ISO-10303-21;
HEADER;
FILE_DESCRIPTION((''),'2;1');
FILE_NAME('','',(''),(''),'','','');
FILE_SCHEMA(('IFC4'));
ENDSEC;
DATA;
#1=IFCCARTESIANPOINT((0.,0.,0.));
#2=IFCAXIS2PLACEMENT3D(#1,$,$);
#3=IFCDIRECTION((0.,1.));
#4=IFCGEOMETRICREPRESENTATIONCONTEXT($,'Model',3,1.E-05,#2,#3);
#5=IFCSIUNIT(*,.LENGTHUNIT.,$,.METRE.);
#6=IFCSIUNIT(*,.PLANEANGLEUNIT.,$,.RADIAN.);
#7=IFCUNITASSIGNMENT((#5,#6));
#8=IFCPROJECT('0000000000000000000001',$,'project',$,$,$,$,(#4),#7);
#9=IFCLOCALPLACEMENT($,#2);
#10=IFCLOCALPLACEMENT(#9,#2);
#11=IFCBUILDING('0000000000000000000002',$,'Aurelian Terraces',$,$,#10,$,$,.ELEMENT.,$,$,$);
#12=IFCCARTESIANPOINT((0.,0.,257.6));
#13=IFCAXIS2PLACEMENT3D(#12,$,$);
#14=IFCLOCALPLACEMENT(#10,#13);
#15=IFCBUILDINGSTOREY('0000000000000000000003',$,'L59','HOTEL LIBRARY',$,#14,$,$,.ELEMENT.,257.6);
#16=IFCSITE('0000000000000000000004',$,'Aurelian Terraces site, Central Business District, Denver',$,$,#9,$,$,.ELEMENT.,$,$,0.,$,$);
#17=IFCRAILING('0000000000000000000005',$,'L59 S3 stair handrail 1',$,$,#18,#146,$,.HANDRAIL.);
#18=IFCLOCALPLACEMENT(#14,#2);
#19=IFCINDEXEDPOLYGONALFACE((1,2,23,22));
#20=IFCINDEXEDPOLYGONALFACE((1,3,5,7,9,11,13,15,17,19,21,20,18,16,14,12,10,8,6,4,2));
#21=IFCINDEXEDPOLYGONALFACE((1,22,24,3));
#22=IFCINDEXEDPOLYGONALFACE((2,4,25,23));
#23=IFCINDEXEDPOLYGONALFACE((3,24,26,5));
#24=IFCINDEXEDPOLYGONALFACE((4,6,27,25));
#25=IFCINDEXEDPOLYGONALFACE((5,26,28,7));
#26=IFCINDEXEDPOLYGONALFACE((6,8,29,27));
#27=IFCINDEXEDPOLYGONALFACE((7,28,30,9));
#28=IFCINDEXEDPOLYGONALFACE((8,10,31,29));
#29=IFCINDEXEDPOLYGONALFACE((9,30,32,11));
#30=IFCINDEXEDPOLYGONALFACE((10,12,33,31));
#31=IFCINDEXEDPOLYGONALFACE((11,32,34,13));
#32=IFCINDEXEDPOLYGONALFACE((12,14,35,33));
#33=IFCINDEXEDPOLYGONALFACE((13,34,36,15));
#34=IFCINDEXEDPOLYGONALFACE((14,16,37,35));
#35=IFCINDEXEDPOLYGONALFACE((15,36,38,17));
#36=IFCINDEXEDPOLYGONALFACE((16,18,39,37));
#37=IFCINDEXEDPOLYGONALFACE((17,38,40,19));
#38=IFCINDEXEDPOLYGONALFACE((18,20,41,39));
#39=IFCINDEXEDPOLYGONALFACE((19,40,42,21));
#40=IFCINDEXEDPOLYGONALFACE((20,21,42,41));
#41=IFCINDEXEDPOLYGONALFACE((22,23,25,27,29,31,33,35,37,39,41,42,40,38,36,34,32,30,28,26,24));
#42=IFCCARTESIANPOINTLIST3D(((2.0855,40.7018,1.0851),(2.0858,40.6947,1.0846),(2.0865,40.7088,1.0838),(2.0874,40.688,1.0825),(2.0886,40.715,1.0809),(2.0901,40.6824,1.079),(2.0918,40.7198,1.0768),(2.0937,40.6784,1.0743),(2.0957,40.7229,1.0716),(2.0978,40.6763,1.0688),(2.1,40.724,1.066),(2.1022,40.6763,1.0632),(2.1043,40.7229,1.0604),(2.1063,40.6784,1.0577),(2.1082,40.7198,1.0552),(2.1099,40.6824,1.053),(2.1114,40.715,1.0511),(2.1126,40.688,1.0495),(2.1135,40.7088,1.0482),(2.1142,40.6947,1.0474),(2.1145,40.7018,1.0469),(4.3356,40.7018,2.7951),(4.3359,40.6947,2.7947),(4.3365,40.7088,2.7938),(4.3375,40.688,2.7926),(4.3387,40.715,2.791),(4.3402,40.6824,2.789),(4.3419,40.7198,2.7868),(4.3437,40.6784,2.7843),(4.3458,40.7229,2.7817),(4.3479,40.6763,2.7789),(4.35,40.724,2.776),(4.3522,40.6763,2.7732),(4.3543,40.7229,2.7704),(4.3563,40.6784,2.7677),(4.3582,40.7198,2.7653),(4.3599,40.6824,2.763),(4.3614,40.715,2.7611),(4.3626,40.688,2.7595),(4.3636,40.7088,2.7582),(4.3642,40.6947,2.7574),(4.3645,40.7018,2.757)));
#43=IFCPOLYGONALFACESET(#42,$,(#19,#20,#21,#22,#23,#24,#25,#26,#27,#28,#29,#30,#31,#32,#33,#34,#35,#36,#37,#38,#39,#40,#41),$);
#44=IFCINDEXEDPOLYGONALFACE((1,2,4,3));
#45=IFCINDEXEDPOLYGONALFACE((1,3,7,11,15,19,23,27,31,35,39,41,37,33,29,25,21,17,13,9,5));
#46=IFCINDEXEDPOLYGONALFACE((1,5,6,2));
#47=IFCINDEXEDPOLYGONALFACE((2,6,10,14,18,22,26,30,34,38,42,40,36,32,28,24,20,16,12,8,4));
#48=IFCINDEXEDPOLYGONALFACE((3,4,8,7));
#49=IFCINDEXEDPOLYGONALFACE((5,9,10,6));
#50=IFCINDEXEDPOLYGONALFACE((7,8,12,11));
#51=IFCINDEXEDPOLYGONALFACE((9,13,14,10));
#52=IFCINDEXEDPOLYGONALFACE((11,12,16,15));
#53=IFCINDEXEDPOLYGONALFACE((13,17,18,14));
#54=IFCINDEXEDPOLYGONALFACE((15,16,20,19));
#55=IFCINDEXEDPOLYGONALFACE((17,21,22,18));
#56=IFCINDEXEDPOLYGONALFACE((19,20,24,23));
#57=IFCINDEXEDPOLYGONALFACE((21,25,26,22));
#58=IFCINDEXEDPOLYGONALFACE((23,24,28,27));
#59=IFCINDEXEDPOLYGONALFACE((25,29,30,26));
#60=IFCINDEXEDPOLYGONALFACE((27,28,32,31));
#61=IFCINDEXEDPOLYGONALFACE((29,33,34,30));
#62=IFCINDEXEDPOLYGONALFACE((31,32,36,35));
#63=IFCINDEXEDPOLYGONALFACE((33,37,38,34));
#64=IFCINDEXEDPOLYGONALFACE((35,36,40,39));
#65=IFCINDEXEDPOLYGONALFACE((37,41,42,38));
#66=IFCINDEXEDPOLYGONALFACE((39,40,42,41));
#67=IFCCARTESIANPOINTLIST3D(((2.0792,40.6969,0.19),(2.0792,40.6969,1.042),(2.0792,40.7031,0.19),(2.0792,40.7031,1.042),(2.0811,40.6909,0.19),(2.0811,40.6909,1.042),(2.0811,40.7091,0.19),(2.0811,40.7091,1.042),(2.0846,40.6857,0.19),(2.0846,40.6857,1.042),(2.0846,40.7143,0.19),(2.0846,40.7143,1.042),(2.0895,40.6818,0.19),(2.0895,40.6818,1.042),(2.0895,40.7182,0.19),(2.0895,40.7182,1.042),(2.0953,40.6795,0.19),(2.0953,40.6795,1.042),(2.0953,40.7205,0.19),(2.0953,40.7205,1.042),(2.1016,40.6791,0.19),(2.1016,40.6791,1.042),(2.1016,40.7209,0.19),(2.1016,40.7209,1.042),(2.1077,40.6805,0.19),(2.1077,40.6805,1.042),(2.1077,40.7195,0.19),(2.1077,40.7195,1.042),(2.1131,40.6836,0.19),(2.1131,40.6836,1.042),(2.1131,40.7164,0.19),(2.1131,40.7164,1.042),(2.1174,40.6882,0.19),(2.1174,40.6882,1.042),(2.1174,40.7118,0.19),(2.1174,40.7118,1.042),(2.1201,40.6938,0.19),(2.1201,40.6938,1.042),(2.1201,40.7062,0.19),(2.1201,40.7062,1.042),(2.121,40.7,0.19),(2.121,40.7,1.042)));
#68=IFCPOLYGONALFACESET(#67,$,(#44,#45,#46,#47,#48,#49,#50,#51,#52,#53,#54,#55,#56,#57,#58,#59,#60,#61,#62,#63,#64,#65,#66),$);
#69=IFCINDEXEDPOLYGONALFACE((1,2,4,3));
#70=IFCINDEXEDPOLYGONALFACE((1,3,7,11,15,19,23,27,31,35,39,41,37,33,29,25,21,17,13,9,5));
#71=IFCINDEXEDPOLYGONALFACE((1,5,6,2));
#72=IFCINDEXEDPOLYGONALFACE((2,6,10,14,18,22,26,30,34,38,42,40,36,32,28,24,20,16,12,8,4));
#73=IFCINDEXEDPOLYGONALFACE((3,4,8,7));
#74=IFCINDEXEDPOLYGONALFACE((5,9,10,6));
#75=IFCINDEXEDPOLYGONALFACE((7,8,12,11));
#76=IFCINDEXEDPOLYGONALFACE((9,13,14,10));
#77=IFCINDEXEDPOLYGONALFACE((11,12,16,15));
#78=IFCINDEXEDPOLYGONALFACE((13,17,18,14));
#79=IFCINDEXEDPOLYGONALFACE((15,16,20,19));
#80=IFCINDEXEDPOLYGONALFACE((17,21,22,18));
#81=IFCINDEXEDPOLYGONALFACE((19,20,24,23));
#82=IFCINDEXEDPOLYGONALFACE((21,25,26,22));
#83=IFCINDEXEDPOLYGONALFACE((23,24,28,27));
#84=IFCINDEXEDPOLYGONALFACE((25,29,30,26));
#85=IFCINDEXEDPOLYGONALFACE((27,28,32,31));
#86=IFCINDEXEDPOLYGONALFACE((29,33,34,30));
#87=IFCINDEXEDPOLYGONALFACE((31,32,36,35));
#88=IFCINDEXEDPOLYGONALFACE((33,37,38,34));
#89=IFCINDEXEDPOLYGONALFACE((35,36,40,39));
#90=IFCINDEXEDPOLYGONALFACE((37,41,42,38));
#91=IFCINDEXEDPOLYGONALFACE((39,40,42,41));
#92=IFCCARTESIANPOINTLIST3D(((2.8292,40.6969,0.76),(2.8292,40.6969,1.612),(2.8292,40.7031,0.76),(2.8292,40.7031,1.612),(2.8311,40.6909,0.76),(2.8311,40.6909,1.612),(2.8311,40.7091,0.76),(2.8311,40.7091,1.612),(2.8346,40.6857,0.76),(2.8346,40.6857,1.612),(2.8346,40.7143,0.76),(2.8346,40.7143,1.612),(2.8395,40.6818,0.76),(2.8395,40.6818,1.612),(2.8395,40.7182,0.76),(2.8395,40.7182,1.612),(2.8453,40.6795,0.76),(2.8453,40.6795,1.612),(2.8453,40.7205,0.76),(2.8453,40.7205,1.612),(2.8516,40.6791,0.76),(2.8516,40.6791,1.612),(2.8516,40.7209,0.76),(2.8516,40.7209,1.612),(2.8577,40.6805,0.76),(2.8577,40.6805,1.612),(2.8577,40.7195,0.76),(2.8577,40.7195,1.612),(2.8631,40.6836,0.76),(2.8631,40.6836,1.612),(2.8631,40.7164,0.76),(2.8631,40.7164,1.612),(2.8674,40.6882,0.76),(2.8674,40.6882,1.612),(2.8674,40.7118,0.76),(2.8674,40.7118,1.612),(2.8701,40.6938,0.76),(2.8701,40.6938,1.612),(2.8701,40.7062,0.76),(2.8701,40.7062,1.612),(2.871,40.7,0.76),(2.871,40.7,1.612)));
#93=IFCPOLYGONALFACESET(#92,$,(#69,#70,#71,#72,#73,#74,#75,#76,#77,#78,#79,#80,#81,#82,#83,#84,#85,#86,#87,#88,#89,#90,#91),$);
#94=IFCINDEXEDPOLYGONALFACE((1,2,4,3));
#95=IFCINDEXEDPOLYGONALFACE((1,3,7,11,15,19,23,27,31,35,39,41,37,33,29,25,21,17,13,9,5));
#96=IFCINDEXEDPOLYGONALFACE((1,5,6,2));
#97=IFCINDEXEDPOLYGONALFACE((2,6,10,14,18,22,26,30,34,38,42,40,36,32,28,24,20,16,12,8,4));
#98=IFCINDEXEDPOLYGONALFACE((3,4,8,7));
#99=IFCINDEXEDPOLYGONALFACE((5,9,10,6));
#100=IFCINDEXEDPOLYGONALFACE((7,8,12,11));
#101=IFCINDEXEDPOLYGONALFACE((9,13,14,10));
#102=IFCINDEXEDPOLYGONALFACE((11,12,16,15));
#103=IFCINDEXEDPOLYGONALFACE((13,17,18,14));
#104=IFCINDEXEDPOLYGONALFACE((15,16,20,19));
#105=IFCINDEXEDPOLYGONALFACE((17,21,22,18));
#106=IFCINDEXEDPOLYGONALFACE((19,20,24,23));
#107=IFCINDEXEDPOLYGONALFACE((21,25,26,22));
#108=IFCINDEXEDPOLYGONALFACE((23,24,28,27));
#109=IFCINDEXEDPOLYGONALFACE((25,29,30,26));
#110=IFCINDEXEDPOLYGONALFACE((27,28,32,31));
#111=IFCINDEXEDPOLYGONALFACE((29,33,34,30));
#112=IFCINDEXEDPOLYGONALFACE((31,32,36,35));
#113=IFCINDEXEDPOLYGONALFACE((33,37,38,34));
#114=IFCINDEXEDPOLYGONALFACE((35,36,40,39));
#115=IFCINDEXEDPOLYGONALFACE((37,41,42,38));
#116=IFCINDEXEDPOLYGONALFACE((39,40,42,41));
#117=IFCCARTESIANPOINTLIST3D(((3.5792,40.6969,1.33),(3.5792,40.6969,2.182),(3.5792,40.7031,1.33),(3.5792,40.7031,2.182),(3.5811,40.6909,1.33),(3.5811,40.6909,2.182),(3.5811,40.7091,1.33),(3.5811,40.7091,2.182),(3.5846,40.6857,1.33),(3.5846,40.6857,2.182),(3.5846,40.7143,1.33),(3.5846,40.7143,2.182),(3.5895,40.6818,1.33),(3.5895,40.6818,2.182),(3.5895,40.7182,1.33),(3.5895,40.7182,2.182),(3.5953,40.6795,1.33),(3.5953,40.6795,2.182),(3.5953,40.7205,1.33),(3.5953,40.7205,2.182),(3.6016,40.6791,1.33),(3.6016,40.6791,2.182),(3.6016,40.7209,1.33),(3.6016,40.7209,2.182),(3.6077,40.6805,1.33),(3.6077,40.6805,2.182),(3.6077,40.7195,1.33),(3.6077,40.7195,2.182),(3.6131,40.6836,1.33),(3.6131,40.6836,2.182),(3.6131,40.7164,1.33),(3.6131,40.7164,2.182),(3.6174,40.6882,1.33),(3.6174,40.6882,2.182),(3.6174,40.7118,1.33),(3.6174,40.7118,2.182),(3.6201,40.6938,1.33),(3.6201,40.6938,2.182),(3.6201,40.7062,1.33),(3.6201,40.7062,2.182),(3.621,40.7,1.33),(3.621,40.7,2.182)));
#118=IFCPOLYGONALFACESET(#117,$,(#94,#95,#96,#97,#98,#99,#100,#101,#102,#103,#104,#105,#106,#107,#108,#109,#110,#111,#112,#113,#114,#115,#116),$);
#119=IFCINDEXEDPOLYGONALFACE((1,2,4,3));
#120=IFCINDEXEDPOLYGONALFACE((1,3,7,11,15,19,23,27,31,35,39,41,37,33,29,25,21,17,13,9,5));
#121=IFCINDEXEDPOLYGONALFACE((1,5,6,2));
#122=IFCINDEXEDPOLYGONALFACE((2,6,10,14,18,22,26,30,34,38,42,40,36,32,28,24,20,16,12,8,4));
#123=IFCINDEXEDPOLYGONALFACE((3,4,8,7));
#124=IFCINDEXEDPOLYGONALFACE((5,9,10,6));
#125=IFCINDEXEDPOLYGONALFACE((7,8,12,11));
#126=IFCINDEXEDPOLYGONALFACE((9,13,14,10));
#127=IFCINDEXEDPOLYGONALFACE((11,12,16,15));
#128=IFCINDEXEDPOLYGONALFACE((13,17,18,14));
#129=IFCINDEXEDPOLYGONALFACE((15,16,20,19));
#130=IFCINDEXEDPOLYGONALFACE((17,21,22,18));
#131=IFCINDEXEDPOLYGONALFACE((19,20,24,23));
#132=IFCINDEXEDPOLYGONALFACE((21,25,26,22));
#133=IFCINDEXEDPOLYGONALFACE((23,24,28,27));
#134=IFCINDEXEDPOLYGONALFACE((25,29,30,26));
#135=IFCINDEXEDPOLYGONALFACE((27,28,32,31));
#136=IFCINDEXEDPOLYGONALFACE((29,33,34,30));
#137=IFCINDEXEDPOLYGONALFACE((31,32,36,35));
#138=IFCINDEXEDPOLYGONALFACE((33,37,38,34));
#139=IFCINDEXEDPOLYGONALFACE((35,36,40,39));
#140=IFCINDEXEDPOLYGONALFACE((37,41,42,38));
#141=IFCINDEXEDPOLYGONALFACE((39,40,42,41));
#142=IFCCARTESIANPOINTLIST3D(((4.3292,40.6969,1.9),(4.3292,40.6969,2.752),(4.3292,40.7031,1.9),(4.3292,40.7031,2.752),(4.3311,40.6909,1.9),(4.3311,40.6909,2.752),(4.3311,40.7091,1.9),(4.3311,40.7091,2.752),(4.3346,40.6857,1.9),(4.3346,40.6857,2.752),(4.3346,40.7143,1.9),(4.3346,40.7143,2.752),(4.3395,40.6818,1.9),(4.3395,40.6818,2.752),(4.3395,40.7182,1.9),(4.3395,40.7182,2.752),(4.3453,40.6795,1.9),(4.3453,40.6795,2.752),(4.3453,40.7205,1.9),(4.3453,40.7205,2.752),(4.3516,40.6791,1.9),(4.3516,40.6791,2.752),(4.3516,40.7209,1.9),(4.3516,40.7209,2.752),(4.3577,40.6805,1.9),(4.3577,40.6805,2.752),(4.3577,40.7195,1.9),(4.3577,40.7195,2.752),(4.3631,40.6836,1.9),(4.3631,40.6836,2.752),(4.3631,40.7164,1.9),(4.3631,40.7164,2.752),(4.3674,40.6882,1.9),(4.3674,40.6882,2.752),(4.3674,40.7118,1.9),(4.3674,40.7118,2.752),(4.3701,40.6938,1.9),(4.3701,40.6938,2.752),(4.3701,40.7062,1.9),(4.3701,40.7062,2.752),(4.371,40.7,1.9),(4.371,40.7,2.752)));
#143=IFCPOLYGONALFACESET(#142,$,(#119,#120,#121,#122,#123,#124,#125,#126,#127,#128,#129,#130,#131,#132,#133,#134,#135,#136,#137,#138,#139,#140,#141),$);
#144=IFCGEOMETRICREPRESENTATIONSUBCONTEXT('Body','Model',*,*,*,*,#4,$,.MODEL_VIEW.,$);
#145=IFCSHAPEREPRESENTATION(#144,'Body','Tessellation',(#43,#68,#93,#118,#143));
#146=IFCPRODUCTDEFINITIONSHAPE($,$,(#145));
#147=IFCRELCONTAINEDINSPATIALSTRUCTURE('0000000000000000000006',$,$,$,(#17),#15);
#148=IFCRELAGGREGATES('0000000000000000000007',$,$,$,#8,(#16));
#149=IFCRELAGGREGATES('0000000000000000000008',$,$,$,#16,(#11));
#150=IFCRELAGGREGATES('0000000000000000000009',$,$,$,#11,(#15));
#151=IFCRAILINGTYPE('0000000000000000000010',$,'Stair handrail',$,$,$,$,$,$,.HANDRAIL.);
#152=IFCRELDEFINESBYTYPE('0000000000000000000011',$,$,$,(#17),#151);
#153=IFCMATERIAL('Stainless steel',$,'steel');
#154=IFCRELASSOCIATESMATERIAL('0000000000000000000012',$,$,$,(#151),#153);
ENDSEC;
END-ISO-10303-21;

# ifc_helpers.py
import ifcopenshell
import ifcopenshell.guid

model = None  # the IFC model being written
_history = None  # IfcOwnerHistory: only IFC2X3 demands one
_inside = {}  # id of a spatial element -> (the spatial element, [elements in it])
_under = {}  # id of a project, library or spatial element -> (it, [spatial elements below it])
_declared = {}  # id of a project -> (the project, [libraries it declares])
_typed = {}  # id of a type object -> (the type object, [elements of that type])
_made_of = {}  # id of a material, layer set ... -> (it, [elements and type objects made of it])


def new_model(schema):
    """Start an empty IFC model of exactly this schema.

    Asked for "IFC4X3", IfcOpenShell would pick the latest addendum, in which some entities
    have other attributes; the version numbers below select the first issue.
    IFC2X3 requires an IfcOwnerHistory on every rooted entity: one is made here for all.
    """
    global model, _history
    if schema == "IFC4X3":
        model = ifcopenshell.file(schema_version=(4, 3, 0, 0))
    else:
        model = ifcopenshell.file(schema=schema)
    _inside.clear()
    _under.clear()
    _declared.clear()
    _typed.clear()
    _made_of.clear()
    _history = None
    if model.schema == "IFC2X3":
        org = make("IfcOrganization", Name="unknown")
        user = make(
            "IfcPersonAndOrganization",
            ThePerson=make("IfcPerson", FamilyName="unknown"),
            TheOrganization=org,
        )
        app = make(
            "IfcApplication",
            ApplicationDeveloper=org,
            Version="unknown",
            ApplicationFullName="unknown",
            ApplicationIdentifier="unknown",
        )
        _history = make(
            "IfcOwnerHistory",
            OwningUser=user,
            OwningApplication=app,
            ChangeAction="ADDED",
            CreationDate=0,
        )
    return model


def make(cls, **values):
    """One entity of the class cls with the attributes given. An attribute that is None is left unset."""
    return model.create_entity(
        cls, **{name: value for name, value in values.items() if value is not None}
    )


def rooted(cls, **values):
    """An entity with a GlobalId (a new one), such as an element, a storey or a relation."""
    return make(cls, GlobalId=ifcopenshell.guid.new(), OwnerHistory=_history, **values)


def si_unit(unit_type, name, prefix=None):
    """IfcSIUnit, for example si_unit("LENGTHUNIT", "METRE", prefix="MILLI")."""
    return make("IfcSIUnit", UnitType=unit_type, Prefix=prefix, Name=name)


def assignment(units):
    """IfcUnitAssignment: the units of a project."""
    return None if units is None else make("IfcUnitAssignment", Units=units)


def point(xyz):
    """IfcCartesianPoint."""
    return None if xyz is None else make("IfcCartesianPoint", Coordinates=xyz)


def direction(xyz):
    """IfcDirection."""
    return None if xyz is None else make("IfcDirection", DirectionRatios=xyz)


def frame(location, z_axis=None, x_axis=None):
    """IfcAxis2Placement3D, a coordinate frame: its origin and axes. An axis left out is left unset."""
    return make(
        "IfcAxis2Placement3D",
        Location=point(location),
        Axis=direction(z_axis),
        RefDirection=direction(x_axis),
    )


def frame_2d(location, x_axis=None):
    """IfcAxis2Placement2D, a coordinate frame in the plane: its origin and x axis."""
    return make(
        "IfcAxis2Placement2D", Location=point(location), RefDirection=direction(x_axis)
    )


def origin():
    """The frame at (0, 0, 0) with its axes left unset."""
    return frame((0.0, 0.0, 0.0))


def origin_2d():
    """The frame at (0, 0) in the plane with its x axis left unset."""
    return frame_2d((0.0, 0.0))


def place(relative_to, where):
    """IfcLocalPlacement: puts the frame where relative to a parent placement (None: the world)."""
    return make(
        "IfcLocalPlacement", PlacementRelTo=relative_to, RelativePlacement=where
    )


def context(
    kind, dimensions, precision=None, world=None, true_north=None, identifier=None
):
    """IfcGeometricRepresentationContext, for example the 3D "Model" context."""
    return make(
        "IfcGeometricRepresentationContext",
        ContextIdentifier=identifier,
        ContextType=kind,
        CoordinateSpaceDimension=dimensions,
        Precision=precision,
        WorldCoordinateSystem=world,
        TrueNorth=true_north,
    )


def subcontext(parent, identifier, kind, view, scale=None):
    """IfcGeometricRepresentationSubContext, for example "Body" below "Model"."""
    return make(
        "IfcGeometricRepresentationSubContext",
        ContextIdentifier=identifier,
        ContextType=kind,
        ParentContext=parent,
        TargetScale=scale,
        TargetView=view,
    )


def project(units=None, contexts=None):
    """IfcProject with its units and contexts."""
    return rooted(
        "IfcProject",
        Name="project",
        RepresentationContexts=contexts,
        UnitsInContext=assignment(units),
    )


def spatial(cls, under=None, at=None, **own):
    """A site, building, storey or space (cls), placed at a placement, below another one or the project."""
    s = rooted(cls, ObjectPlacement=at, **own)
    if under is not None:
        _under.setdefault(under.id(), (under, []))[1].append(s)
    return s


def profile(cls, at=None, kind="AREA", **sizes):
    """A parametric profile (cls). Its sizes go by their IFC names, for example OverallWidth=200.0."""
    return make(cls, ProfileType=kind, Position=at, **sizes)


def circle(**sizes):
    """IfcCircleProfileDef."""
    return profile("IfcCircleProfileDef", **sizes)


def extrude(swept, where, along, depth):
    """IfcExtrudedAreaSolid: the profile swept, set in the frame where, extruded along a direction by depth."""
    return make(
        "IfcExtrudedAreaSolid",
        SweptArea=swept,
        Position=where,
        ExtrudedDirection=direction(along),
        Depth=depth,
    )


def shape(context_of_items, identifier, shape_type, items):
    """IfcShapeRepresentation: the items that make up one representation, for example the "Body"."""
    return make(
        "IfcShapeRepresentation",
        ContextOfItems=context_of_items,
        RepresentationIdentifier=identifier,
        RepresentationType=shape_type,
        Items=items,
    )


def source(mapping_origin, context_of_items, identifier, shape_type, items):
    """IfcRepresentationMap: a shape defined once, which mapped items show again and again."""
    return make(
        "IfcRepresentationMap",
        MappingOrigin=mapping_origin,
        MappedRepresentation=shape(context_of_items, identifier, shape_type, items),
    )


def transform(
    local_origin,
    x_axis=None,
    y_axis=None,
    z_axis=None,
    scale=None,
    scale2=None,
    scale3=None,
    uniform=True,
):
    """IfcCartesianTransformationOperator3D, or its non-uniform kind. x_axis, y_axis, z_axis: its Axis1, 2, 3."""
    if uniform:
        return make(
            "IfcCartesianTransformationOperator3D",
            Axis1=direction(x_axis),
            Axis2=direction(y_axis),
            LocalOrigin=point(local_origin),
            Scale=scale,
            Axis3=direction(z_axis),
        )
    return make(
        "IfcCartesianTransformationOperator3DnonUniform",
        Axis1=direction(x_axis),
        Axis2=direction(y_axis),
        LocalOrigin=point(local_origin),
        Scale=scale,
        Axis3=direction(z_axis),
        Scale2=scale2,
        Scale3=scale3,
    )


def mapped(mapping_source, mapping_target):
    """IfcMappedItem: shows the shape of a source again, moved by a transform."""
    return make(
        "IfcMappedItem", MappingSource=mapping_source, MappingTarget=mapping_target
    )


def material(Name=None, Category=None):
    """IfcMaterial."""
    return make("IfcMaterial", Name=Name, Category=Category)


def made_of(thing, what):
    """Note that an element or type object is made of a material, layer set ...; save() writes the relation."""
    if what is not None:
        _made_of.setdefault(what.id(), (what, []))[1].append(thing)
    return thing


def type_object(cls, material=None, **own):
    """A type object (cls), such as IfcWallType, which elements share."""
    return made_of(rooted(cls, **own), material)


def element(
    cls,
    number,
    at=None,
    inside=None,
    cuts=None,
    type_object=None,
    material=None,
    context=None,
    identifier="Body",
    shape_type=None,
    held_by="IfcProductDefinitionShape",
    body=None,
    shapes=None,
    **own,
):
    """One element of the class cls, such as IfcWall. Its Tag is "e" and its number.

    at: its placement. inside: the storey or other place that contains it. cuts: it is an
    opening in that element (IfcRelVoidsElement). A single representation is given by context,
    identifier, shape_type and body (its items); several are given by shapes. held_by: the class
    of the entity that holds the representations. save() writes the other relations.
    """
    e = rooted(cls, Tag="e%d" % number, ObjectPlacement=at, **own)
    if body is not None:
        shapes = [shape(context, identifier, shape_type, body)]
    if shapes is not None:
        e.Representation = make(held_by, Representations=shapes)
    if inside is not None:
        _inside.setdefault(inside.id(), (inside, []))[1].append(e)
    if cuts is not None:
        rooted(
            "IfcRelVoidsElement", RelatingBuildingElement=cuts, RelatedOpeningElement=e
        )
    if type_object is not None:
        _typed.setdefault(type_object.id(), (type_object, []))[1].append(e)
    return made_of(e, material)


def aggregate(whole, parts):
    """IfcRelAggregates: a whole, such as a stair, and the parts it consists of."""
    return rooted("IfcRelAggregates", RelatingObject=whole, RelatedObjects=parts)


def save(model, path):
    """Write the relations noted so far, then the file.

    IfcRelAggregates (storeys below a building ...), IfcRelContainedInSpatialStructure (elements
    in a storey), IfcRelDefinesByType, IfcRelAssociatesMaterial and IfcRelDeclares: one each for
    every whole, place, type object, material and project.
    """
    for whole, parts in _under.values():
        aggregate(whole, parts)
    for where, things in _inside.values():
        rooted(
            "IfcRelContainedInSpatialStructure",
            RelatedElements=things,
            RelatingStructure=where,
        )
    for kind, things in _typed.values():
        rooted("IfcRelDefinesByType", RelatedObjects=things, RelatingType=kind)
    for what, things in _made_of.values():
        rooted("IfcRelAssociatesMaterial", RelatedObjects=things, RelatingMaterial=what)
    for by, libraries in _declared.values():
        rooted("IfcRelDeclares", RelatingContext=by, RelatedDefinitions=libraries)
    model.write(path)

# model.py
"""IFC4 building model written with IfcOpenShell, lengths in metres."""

from ifc_helpers import new_model, si_unit, direction, frame, origin, origin_2d, place, context, subcontext, project, spatial, circle, extrude, source, transform, mapped, material, type_object, element, save


model = new_model("IFC4")

# Units and contexts
model_context = context("Model", 3, precision=1e-05, world=origin(), true_north=direction((0.0, 1.0)))
body_context = subcontext(model_context, "Body", "Model", "MODEL_VIEW")
ifc_project = project(units=[si_unit("LENGTHUNIT", "METRE"), si_unit("PLANEANGLEUNIT", "RADIAN")], contexts=[model_context])

# Site, building, storey
site_placement = place(None, origin())
site = spatial("IfcSite", under=ifc_project, at=site_placement, Name="Aurelian Terraces site, Central Business District, Denver", CompositionType="ELEMENT", RefElevation=0.0)
building_placement = place(site_placement, origin())
building = spatial("IfcBuilding", under=site, at=building_placement, Name="Aurelian Terraces", CompositionType="ELEMENT")
storey_placement = place(building_placement, frame((0.0, 0.0, 257.6)))
storey = spatial("IfcBuildingStorey", under=building, at=storey_placement, Name="L59", Description="HOTEL LIBRARY", CompositionType="ELEMENT", Elevation=257.6)

# Railing
ifc_material_1 = material(Name="Stainless steel", Category="steel")
railing_type_1 = type_object("IfcRailingType", Name="Stair handrail", PredefinedType="HANDRAIL", material=ifc_material_1)
shared_shape_1 = source(origin(), body_context, "Body", "SweptSolid", [
    extrude(circle(Radius=0.024, at=origin_2d()), frame((0.0, 0.0, 0.876), z_axis=(0.796162, 0.0, 0.605083), x_axis=(0.0, 1.0, 0.0)), (0.0, 0.0, 1.0), 2.8261),
    extrude(circle(Radius=0.021, at=origin_2d()), origin(), (0.0, 0.0, 1.0), 0.852),
    extrude(circle(Radius=0.021, at=origin_2d()), frame((0.75, 0.0, 0.57)), (0.0, 0.0, 1.0), 0.852),
    extrude(circle(Radius=0.021, at=origin_2d()), frame((1.5, 0.0, 1.14)), (0.0, 0.0, 1.0), 0.852),
    extrude(circle(Radius=0.021, at=origin_2d()), frame((2.25, 0.0, 1.71)), (0.0, 0.0, 1.0), 0.852),
])
railing_1_placement = place(storey_placement, frame((2.1, 40.7, 0.19)))
element("IfcRailing", 1, at=railing_1_placement, inside=storey, type_object=railing_type_1, Name="L59 S3 stair handrail 1", PredefinedType="HANDRAIL", context=body_context, shape_type="MappedRepresentation", body=[
    mapped(shared_shape_1, transform((0.0, 0.0, 0.0), scale=1.0)),
])

save(model, "model.ifc")
